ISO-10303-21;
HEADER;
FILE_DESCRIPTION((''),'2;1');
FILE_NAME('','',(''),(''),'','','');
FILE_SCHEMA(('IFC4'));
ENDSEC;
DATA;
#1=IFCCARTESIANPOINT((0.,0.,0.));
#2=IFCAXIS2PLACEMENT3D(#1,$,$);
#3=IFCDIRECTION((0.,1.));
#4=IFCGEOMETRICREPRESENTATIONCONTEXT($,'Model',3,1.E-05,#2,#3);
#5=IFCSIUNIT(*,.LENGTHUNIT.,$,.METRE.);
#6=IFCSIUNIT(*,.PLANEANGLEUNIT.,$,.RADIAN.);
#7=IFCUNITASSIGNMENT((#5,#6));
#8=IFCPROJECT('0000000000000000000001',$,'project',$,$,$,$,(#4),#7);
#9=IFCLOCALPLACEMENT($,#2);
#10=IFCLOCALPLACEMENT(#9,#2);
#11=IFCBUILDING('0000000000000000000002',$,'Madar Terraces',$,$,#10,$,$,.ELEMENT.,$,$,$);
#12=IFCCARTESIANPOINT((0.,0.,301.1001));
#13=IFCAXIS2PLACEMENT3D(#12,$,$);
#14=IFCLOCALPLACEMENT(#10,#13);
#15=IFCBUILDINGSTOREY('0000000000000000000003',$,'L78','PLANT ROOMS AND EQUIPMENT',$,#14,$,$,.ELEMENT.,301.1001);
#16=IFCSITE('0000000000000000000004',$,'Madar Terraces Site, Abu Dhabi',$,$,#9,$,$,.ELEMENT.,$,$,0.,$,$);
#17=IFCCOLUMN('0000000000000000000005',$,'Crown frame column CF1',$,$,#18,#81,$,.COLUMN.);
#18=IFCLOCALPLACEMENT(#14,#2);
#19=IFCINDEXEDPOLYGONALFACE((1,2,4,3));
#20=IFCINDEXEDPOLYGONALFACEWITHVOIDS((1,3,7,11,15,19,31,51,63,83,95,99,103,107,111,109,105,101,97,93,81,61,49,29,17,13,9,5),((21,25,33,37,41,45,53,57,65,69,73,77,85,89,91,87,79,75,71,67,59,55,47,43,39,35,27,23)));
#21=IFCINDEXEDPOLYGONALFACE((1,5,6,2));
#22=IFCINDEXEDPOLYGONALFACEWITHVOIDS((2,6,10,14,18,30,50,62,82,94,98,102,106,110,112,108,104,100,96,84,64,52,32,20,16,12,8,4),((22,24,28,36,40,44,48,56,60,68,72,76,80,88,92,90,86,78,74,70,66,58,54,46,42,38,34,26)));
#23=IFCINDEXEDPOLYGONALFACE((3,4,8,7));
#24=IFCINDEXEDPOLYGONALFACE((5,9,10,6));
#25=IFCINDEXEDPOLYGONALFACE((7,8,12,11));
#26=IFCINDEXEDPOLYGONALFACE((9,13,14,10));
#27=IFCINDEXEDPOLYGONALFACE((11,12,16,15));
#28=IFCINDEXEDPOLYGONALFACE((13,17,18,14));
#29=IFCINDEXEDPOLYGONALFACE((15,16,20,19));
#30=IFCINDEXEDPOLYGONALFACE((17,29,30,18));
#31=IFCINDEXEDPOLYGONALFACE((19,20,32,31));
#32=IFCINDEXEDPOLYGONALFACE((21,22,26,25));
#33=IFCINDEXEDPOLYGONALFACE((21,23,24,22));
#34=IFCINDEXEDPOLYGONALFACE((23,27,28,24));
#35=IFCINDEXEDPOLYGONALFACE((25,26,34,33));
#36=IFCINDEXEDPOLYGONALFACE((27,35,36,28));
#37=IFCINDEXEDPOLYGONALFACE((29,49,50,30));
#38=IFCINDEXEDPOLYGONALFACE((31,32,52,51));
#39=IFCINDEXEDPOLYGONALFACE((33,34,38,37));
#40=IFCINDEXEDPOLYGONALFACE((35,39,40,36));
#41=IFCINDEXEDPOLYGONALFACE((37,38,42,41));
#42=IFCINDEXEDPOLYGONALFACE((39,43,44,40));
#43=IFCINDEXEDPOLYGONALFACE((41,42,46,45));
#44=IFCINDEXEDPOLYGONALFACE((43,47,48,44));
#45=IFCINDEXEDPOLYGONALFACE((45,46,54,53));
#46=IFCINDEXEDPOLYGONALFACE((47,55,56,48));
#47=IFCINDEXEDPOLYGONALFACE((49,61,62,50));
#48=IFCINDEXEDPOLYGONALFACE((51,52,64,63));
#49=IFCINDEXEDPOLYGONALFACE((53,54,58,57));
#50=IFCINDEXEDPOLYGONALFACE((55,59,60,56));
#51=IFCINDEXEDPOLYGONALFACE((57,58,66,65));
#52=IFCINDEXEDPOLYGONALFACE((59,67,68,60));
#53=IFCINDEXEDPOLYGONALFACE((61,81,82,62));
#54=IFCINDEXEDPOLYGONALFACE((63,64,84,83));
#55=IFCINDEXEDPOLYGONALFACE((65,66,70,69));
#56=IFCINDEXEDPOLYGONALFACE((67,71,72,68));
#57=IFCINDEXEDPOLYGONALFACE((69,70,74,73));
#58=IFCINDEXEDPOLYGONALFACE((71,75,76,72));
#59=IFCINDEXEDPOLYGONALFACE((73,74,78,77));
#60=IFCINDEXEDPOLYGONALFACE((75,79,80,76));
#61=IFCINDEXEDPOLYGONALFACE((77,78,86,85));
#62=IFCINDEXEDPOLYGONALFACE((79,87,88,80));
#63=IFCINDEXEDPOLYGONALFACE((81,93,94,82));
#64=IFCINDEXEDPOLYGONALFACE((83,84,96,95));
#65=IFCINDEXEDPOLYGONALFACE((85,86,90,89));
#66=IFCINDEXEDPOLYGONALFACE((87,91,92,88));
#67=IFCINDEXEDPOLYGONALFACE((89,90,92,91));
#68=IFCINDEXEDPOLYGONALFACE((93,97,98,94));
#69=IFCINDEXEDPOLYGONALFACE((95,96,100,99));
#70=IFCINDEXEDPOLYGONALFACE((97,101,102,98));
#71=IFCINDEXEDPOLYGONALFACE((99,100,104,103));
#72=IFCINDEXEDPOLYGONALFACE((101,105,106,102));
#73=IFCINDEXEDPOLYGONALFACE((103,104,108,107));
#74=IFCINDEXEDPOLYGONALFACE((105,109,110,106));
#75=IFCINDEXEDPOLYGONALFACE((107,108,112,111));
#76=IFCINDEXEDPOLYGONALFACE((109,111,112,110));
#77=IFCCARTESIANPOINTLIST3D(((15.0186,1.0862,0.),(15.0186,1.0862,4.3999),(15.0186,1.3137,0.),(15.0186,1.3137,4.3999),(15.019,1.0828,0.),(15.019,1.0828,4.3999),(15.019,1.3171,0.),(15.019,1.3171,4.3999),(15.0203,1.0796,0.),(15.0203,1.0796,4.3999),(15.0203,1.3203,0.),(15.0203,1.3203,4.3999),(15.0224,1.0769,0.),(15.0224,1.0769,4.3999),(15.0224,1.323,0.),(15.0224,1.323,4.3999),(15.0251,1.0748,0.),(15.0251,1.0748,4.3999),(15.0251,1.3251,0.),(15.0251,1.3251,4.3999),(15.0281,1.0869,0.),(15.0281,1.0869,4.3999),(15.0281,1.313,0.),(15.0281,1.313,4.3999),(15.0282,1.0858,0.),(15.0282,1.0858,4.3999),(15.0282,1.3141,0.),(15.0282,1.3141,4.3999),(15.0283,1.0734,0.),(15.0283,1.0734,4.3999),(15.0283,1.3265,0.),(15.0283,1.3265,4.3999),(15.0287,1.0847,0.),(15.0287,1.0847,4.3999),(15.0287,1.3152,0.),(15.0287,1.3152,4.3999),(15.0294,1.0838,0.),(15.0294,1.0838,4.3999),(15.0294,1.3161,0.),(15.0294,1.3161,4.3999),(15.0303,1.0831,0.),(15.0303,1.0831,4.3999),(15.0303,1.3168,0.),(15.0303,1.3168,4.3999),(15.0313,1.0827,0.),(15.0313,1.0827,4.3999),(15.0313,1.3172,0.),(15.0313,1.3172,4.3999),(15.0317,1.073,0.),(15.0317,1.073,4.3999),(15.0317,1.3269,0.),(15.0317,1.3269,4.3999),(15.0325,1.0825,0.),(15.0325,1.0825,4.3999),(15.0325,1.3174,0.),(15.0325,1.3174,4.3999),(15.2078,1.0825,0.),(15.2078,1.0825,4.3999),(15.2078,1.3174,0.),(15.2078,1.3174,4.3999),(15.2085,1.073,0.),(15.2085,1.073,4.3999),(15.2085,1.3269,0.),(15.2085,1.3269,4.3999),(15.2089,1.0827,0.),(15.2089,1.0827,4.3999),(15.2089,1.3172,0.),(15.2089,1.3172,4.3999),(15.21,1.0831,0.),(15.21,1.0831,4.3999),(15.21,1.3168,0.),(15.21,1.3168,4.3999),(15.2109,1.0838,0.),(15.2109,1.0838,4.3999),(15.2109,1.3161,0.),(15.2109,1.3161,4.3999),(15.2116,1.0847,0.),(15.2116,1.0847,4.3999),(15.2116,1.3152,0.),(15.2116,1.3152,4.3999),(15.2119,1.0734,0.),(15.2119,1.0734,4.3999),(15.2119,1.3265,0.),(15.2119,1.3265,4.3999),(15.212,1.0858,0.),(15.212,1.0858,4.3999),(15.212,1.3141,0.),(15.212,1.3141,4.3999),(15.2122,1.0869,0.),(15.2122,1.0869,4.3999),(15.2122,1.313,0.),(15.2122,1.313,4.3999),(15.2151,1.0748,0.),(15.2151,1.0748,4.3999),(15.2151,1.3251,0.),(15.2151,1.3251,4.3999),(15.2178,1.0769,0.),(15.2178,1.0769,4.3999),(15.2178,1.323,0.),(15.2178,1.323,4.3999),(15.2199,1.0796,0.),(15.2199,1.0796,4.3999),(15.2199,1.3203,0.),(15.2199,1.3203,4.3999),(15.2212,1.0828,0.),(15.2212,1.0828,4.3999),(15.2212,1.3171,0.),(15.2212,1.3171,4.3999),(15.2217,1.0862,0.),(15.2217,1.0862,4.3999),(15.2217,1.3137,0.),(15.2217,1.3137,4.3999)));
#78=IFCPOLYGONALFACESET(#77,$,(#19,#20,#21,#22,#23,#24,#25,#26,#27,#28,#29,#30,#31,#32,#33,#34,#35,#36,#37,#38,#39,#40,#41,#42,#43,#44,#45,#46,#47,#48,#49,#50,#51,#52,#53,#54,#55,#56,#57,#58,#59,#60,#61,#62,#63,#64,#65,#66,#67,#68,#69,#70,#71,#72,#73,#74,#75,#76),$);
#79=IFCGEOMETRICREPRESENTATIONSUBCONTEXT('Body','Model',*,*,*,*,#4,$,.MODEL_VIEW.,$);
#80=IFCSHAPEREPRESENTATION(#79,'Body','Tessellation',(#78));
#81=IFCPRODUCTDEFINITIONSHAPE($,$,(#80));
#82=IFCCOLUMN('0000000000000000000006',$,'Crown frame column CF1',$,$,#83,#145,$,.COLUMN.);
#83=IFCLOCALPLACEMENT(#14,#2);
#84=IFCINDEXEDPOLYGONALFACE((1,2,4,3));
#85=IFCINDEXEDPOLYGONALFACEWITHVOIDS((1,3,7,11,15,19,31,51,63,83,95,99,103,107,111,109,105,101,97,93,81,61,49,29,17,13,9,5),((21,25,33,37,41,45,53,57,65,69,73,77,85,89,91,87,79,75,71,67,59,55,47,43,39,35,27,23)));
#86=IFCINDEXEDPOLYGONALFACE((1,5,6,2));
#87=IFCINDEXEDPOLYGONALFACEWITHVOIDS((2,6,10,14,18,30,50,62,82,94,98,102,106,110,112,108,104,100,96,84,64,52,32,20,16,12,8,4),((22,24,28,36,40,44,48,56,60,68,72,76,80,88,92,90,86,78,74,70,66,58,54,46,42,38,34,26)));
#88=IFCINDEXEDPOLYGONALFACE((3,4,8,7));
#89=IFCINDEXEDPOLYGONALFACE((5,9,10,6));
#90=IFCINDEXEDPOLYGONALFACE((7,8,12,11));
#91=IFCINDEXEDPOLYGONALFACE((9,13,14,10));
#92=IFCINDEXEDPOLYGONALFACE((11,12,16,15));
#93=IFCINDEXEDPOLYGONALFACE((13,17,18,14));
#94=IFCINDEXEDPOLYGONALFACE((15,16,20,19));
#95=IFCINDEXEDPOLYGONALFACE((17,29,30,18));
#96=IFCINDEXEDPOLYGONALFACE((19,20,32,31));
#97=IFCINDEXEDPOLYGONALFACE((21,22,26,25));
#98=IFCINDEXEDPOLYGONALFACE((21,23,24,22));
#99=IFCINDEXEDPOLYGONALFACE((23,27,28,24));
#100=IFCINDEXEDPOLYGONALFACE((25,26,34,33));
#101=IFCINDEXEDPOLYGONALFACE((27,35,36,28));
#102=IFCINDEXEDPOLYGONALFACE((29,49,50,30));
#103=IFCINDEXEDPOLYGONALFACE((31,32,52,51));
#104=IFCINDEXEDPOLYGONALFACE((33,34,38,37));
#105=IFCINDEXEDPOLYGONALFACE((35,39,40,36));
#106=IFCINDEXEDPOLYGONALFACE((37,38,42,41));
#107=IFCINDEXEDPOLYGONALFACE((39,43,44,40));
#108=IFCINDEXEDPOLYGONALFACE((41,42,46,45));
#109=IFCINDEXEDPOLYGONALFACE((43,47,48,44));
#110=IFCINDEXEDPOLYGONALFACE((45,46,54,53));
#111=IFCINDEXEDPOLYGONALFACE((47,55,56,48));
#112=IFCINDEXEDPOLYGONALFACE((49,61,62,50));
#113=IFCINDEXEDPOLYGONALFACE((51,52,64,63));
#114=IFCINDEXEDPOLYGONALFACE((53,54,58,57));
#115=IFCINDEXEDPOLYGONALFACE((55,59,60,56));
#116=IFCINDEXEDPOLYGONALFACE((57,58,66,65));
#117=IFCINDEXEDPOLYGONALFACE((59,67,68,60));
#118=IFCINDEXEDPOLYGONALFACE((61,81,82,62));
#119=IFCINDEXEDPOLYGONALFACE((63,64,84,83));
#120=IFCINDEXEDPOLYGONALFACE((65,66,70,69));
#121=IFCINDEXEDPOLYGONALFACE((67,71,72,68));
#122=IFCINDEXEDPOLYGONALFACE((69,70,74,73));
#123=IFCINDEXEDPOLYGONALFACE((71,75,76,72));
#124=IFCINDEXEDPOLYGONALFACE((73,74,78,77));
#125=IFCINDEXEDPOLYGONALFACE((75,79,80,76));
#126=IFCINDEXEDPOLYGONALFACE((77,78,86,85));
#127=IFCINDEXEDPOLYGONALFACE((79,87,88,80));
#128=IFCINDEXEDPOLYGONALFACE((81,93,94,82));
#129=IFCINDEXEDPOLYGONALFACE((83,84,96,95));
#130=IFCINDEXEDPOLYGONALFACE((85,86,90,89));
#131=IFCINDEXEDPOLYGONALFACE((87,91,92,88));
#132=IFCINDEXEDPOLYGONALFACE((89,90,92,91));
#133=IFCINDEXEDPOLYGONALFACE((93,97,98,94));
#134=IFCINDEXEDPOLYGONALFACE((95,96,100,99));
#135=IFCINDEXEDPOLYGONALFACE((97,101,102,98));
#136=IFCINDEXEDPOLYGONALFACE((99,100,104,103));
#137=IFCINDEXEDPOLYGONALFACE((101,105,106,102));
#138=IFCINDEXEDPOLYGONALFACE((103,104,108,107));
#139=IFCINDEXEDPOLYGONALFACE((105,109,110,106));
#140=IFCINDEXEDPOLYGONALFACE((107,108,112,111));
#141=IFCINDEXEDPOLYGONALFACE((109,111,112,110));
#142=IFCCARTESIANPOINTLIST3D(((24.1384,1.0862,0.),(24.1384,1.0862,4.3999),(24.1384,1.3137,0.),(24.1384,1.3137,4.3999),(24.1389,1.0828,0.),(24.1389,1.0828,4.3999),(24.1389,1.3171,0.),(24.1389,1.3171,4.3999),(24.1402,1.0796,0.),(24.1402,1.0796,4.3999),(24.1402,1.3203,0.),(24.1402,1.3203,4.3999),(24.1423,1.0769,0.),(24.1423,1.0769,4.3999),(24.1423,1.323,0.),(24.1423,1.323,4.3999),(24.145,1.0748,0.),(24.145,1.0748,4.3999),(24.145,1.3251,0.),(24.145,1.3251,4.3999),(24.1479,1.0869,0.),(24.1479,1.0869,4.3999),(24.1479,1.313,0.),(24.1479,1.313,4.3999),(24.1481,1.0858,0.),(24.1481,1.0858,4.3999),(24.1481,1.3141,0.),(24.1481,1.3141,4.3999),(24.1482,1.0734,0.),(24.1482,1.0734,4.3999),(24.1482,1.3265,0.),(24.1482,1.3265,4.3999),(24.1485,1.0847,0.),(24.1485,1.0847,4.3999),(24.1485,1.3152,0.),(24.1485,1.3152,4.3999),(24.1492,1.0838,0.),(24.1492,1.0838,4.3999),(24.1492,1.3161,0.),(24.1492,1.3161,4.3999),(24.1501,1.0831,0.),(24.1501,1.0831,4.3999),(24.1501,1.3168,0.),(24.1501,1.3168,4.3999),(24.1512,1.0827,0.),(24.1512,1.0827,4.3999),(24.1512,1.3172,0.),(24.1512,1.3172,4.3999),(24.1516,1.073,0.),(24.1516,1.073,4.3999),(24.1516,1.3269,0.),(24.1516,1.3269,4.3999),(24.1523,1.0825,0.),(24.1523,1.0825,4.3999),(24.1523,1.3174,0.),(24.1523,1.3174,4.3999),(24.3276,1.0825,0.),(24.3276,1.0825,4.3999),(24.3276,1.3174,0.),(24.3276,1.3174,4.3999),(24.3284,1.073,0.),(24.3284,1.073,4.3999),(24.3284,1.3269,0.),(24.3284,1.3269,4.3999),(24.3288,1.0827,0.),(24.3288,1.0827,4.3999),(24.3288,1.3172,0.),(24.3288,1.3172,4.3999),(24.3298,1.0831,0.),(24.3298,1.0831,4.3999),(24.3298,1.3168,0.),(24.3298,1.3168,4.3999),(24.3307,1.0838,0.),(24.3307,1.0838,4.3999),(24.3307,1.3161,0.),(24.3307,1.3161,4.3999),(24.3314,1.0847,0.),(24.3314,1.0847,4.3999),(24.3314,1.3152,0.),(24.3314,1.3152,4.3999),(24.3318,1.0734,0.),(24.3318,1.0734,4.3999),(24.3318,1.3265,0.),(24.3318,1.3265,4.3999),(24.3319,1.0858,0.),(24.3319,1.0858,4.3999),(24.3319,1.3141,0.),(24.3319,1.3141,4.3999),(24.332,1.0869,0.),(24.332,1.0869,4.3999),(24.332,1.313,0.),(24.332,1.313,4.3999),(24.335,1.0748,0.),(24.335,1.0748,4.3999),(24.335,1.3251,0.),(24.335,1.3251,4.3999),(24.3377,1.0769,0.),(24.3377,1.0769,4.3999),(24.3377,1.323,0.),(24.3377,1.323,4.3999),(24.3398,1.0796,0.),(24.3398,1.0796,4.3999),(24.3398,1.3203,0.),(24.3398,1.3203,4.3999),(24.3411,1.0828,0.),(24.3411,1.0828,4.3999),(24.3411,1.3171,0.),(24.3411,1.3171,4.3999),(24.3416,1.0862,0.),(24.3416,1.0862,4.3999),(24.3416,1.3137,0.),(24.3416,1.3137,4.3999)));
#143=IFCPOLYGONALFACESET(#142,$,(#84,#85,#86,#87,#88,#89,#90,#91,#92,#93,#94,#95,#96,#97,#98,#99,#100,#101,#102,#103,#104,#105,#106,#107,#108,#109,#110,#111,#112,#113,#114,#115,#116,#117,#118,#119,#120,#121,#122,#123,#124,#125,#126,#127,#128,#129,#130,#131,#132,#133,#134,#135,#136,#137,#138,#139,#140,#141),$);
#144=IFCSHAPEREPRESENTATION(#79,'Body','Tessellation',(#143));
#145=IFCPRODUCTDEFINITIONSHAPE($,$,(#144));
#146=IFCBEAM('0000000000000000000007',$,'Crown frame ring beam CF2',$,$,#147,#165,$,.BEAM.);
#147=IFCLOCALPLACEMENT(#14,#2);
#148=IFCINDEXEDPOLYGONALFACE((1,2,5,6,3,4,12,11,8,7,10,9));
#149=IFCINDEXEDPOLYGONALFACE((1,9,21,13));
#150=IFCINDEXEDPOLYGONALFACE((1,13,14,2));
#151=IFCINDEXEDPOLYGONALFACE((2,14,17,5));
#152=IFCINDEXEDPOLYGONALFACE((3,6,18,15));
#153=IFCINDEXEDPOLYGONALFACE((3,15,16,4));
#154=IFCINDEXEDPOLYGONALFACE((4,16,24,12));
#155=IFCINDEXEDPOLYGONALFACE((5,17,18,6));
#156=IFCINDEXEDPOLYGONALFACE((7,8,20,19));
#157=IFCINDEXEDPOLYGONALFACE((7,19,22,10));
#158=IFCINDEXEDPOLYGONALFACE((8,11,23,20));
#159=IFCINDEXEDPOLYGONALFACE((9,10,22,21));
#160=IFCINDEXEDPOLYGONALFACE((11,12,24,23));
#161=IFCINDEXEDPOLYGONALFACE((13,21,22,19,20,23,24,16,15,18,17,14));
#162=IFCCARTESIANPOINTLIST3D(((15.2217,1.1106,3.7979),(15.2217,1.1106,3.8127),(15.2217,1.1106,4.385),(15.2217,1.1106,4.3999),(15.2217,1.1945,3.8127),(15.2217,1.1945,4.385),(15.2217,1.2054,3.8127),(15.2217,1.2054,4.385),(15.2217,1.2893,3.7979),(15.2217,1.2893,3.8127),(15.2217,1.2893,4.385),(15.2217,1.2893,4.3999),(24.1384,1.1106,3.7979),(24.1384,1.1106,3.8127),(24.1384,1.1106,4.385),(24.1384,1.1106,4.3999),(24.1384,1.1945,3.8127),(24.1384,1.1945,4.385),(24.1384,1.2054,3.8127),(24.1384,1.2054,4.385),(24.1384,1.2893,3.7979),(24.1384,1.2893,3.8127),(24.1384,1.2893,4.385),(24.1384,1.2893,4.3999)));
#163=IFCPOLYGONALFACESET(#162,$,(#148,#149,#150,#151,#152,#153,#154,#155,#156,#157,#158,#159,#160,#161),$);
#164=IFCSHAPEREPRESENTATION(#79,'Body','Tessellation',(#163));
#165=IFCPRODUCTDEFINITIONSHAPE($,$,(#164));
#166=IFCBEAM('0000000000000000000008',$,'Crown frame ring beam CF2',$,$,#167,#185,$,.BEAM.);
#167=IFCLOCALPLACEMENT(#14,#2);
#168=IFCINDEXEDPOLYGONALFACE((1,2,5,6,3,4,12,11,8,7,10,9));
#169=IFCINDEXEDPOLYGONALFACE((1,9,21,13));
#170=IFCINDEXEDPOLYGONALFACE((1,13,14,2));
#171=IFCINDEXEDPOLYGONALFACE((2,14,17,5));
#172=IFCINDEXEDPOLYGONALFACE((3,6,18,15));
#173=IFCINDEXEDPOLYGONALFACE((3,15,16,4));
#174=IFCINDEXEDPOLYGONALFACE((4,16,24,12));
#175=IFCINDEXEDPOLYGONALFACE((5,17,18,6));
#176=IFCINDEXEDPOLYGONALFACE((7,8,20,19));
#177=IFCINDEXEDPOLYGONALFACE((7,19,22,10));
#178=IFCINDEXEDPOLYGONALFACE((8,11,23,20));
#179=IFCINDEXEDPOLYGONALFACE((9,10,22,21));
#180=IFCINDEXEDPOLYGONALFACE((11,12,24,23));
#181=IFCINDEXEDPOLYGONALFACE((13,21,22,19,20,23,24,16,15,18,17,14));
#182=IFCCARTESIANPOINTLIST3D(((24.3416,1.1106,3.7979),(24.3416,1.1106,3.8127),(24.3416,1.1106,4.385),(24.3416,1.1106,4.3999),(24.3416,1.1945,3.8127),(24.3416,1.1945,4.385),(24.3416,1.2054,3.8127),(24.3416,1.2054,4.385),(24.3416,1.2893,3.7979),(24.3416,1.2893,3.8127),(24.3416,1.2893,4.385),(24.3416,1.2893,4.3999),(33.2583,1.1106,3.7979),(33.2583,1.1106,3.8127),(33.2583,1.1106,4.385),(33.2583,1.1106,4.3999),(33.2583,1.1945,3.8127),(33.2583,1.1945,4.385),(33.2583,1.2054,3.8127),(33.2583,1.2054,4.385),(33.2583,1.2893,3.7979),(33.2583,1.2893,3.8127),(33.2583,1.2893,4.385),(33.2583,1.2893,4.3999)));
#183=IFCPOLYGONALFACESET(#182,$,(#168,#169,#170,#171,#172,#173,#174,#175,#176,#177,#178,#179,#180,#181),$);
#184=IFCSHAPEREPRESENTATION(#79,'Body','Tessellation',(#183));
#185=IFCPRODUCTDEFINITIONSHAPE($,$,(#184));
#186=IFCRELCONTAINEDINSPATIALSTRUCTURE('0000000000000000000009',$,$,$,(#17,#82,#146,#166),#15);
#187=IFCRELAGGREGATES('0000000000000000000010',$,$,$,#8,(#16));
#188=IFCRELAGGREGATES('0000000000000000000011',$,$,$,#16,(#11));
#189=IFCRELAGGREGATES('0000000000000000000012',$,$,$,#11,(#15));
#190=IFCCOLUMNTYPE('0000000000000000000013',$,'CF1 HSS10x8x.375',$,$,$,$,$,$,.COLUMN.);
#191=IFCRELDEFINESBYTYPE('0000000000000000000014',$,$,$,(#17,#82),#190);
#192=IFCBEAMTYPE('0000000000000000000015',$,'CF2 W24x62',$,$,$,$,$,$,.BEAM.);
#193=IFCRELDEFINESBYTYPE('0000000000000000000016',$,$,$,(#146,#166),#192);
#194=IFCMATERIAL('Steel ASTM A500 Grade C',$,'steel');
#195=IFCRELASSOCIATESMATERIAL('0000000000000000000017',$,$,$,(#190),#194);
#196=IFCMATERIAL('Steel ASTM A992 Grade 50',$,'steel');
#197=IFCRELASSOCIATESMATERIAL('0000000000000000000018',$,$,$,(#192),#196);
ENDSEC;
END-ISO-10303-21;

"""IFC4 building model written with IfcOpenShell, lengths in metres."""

from ifc_helpers import new_model, si_unit, direction, frame, origin, origin_2d, place, context, subcontext, project, spatial, hollow_rectangle, i_section, extrude, material, material_profile, profile_set, type_object, element, save


model = new_model("IFC4")

# Units and contexts
model_context = context("Model", 3, precision=1e-05, world=origin(), true_north=direction((0.0, 1.0)))
body_context = subcontext(model_context, "Body", "Model", "MODEL_VIEW")
ifc_project = project(units=[si_unit("LENGTHUNIT", "METRE"), si_unit("PLANEANGLEUNIT", "RADIAN")], contexts=[model_context])

# Site, building, storey
site_placement = place(None, origin())
site = spatial("IfcSite", under=ifc_project, at=site_placement, Name="Madar Terraces Site, Abu Dhabi", CompositionType="ELEMENT", RefElevation=0.0)
building_placement = place(site_placement, origin())
building = spatial("IfcBuilding", under=site, at=building_placement, Name="Madar Terraces", CompositionType="ELEMENT")
storey_placement = place(building_placement, frame((0.0, 0.0, 301.1001)))
storey = spatial("IfcBuildingStorey", under=building, at=storey_placement, Name="L78", Description="PLANT ROOMS AND EQUIPMENT", CompositionType="ELEMENT", Elevation=301.1001)

# Columns
ifc_material_1 = material(Name="Steel ASTM A500 Grade C", Category="steel")
ifc_material_profile_1 = material_profile(ifc_material_1, hollow_rectangle(XDim=0.2031, YDim=0.2539, WallThickness=0.0095, InnerFilletRadius=0.0044, OuterFilletRadius=0.0132, at=origin_2d()), Name="HSS10x8x.375")
ifc_profile_set_1 = profile_set([ifc_material_profile_1], Name="Steel ASTM A500 Grade C")
column_type = type_object("IfcColumnType", Name="CF1 HSS10x8x.375", PredefinedType="COLUMN", material=ifc_profile_set_1)
for number, where, z_axis, x_axis, name in (
    (1, (15.1201, 1.2, 0.0), (0.0, 0.0, 1.0), (1.0, 0.0, 0.0), "Crown frame column CF1"),
    (2, (24.24, 1.2, 0.0), (0.0, 0.0, 1.0), (1.0, 0.0, 0.0), "Crown frame column CF1"),
):
    element("IfcColumn", number, at=place(storey_placement, frame(where, z_axis=z_axis, x_axis=x_axis)), inside=storey, type_object=column_type, Name=name, PredefinedType="COLUMN", context=body_context, shape_type="SweptSolid", body=[
        extrude(hollow_rectangle(XDim=0.2031, YDim=0.2539, WallThickness=0.0095, InnerFilletRadius=0.0044, OuterFilletRadius=0.0132, at=origin_2d()), origin(), (0.0, 0.0, 1.0), 4.3999),
    ])

# Beams
ifc_material_2 = material(Name="Steel ASTM A992 Grade 50", Category="steel")
ifc_material_profile_2 = material_profile(ifc_material_2, i_section(OverallWidth=0.1787, OverallDepth=0.6021, WebThickness=0.011, FlangeThickness=0.0149, at=origin_2d()), Name="W24x62")
ifc_profile_set_2 = profile_set([ifc_material_profile_2], Name="Steel ASTM A992 Grade 50")
beam_type = type_object("IfcBeamType", Name="CF2 W24x62", PredefinedType="BEAM", material=ifc_profile_set_2)
for number, where, z_axis, x_axis, name in (
    (3, (15.2217, 1.2, 4.0989), (1.0, 0.0, 0.0), (0.0, 1.0, 0.0), "Crown frame ring beam CF2"),
    (4, (24.3416, 1.2, 4.0989), (1.0, 0.0, 0.0), (0.0, 1.0, 0.0), "Crown frame ring beam CF2"),
):
    element("IfcBeam", number, at=place(storey_placement, frame(where, z_axis=z_axis, x_axis=x_axis)), inside=storey, type_object=beam_type, Name=name, PredefinedType="BEAM", context=body_context, shape_type="SweptSolid", body=[
        extrude(i_section(OverallWidth=0.1787, OverallDepth=0.6021, WebThickness=0.011, FlangeThickness=0.0149, at=origin_2d()), origin(), (0.0, 0.0, 1.0), 8.9167),
    ])

save(model, "model.ifc")
